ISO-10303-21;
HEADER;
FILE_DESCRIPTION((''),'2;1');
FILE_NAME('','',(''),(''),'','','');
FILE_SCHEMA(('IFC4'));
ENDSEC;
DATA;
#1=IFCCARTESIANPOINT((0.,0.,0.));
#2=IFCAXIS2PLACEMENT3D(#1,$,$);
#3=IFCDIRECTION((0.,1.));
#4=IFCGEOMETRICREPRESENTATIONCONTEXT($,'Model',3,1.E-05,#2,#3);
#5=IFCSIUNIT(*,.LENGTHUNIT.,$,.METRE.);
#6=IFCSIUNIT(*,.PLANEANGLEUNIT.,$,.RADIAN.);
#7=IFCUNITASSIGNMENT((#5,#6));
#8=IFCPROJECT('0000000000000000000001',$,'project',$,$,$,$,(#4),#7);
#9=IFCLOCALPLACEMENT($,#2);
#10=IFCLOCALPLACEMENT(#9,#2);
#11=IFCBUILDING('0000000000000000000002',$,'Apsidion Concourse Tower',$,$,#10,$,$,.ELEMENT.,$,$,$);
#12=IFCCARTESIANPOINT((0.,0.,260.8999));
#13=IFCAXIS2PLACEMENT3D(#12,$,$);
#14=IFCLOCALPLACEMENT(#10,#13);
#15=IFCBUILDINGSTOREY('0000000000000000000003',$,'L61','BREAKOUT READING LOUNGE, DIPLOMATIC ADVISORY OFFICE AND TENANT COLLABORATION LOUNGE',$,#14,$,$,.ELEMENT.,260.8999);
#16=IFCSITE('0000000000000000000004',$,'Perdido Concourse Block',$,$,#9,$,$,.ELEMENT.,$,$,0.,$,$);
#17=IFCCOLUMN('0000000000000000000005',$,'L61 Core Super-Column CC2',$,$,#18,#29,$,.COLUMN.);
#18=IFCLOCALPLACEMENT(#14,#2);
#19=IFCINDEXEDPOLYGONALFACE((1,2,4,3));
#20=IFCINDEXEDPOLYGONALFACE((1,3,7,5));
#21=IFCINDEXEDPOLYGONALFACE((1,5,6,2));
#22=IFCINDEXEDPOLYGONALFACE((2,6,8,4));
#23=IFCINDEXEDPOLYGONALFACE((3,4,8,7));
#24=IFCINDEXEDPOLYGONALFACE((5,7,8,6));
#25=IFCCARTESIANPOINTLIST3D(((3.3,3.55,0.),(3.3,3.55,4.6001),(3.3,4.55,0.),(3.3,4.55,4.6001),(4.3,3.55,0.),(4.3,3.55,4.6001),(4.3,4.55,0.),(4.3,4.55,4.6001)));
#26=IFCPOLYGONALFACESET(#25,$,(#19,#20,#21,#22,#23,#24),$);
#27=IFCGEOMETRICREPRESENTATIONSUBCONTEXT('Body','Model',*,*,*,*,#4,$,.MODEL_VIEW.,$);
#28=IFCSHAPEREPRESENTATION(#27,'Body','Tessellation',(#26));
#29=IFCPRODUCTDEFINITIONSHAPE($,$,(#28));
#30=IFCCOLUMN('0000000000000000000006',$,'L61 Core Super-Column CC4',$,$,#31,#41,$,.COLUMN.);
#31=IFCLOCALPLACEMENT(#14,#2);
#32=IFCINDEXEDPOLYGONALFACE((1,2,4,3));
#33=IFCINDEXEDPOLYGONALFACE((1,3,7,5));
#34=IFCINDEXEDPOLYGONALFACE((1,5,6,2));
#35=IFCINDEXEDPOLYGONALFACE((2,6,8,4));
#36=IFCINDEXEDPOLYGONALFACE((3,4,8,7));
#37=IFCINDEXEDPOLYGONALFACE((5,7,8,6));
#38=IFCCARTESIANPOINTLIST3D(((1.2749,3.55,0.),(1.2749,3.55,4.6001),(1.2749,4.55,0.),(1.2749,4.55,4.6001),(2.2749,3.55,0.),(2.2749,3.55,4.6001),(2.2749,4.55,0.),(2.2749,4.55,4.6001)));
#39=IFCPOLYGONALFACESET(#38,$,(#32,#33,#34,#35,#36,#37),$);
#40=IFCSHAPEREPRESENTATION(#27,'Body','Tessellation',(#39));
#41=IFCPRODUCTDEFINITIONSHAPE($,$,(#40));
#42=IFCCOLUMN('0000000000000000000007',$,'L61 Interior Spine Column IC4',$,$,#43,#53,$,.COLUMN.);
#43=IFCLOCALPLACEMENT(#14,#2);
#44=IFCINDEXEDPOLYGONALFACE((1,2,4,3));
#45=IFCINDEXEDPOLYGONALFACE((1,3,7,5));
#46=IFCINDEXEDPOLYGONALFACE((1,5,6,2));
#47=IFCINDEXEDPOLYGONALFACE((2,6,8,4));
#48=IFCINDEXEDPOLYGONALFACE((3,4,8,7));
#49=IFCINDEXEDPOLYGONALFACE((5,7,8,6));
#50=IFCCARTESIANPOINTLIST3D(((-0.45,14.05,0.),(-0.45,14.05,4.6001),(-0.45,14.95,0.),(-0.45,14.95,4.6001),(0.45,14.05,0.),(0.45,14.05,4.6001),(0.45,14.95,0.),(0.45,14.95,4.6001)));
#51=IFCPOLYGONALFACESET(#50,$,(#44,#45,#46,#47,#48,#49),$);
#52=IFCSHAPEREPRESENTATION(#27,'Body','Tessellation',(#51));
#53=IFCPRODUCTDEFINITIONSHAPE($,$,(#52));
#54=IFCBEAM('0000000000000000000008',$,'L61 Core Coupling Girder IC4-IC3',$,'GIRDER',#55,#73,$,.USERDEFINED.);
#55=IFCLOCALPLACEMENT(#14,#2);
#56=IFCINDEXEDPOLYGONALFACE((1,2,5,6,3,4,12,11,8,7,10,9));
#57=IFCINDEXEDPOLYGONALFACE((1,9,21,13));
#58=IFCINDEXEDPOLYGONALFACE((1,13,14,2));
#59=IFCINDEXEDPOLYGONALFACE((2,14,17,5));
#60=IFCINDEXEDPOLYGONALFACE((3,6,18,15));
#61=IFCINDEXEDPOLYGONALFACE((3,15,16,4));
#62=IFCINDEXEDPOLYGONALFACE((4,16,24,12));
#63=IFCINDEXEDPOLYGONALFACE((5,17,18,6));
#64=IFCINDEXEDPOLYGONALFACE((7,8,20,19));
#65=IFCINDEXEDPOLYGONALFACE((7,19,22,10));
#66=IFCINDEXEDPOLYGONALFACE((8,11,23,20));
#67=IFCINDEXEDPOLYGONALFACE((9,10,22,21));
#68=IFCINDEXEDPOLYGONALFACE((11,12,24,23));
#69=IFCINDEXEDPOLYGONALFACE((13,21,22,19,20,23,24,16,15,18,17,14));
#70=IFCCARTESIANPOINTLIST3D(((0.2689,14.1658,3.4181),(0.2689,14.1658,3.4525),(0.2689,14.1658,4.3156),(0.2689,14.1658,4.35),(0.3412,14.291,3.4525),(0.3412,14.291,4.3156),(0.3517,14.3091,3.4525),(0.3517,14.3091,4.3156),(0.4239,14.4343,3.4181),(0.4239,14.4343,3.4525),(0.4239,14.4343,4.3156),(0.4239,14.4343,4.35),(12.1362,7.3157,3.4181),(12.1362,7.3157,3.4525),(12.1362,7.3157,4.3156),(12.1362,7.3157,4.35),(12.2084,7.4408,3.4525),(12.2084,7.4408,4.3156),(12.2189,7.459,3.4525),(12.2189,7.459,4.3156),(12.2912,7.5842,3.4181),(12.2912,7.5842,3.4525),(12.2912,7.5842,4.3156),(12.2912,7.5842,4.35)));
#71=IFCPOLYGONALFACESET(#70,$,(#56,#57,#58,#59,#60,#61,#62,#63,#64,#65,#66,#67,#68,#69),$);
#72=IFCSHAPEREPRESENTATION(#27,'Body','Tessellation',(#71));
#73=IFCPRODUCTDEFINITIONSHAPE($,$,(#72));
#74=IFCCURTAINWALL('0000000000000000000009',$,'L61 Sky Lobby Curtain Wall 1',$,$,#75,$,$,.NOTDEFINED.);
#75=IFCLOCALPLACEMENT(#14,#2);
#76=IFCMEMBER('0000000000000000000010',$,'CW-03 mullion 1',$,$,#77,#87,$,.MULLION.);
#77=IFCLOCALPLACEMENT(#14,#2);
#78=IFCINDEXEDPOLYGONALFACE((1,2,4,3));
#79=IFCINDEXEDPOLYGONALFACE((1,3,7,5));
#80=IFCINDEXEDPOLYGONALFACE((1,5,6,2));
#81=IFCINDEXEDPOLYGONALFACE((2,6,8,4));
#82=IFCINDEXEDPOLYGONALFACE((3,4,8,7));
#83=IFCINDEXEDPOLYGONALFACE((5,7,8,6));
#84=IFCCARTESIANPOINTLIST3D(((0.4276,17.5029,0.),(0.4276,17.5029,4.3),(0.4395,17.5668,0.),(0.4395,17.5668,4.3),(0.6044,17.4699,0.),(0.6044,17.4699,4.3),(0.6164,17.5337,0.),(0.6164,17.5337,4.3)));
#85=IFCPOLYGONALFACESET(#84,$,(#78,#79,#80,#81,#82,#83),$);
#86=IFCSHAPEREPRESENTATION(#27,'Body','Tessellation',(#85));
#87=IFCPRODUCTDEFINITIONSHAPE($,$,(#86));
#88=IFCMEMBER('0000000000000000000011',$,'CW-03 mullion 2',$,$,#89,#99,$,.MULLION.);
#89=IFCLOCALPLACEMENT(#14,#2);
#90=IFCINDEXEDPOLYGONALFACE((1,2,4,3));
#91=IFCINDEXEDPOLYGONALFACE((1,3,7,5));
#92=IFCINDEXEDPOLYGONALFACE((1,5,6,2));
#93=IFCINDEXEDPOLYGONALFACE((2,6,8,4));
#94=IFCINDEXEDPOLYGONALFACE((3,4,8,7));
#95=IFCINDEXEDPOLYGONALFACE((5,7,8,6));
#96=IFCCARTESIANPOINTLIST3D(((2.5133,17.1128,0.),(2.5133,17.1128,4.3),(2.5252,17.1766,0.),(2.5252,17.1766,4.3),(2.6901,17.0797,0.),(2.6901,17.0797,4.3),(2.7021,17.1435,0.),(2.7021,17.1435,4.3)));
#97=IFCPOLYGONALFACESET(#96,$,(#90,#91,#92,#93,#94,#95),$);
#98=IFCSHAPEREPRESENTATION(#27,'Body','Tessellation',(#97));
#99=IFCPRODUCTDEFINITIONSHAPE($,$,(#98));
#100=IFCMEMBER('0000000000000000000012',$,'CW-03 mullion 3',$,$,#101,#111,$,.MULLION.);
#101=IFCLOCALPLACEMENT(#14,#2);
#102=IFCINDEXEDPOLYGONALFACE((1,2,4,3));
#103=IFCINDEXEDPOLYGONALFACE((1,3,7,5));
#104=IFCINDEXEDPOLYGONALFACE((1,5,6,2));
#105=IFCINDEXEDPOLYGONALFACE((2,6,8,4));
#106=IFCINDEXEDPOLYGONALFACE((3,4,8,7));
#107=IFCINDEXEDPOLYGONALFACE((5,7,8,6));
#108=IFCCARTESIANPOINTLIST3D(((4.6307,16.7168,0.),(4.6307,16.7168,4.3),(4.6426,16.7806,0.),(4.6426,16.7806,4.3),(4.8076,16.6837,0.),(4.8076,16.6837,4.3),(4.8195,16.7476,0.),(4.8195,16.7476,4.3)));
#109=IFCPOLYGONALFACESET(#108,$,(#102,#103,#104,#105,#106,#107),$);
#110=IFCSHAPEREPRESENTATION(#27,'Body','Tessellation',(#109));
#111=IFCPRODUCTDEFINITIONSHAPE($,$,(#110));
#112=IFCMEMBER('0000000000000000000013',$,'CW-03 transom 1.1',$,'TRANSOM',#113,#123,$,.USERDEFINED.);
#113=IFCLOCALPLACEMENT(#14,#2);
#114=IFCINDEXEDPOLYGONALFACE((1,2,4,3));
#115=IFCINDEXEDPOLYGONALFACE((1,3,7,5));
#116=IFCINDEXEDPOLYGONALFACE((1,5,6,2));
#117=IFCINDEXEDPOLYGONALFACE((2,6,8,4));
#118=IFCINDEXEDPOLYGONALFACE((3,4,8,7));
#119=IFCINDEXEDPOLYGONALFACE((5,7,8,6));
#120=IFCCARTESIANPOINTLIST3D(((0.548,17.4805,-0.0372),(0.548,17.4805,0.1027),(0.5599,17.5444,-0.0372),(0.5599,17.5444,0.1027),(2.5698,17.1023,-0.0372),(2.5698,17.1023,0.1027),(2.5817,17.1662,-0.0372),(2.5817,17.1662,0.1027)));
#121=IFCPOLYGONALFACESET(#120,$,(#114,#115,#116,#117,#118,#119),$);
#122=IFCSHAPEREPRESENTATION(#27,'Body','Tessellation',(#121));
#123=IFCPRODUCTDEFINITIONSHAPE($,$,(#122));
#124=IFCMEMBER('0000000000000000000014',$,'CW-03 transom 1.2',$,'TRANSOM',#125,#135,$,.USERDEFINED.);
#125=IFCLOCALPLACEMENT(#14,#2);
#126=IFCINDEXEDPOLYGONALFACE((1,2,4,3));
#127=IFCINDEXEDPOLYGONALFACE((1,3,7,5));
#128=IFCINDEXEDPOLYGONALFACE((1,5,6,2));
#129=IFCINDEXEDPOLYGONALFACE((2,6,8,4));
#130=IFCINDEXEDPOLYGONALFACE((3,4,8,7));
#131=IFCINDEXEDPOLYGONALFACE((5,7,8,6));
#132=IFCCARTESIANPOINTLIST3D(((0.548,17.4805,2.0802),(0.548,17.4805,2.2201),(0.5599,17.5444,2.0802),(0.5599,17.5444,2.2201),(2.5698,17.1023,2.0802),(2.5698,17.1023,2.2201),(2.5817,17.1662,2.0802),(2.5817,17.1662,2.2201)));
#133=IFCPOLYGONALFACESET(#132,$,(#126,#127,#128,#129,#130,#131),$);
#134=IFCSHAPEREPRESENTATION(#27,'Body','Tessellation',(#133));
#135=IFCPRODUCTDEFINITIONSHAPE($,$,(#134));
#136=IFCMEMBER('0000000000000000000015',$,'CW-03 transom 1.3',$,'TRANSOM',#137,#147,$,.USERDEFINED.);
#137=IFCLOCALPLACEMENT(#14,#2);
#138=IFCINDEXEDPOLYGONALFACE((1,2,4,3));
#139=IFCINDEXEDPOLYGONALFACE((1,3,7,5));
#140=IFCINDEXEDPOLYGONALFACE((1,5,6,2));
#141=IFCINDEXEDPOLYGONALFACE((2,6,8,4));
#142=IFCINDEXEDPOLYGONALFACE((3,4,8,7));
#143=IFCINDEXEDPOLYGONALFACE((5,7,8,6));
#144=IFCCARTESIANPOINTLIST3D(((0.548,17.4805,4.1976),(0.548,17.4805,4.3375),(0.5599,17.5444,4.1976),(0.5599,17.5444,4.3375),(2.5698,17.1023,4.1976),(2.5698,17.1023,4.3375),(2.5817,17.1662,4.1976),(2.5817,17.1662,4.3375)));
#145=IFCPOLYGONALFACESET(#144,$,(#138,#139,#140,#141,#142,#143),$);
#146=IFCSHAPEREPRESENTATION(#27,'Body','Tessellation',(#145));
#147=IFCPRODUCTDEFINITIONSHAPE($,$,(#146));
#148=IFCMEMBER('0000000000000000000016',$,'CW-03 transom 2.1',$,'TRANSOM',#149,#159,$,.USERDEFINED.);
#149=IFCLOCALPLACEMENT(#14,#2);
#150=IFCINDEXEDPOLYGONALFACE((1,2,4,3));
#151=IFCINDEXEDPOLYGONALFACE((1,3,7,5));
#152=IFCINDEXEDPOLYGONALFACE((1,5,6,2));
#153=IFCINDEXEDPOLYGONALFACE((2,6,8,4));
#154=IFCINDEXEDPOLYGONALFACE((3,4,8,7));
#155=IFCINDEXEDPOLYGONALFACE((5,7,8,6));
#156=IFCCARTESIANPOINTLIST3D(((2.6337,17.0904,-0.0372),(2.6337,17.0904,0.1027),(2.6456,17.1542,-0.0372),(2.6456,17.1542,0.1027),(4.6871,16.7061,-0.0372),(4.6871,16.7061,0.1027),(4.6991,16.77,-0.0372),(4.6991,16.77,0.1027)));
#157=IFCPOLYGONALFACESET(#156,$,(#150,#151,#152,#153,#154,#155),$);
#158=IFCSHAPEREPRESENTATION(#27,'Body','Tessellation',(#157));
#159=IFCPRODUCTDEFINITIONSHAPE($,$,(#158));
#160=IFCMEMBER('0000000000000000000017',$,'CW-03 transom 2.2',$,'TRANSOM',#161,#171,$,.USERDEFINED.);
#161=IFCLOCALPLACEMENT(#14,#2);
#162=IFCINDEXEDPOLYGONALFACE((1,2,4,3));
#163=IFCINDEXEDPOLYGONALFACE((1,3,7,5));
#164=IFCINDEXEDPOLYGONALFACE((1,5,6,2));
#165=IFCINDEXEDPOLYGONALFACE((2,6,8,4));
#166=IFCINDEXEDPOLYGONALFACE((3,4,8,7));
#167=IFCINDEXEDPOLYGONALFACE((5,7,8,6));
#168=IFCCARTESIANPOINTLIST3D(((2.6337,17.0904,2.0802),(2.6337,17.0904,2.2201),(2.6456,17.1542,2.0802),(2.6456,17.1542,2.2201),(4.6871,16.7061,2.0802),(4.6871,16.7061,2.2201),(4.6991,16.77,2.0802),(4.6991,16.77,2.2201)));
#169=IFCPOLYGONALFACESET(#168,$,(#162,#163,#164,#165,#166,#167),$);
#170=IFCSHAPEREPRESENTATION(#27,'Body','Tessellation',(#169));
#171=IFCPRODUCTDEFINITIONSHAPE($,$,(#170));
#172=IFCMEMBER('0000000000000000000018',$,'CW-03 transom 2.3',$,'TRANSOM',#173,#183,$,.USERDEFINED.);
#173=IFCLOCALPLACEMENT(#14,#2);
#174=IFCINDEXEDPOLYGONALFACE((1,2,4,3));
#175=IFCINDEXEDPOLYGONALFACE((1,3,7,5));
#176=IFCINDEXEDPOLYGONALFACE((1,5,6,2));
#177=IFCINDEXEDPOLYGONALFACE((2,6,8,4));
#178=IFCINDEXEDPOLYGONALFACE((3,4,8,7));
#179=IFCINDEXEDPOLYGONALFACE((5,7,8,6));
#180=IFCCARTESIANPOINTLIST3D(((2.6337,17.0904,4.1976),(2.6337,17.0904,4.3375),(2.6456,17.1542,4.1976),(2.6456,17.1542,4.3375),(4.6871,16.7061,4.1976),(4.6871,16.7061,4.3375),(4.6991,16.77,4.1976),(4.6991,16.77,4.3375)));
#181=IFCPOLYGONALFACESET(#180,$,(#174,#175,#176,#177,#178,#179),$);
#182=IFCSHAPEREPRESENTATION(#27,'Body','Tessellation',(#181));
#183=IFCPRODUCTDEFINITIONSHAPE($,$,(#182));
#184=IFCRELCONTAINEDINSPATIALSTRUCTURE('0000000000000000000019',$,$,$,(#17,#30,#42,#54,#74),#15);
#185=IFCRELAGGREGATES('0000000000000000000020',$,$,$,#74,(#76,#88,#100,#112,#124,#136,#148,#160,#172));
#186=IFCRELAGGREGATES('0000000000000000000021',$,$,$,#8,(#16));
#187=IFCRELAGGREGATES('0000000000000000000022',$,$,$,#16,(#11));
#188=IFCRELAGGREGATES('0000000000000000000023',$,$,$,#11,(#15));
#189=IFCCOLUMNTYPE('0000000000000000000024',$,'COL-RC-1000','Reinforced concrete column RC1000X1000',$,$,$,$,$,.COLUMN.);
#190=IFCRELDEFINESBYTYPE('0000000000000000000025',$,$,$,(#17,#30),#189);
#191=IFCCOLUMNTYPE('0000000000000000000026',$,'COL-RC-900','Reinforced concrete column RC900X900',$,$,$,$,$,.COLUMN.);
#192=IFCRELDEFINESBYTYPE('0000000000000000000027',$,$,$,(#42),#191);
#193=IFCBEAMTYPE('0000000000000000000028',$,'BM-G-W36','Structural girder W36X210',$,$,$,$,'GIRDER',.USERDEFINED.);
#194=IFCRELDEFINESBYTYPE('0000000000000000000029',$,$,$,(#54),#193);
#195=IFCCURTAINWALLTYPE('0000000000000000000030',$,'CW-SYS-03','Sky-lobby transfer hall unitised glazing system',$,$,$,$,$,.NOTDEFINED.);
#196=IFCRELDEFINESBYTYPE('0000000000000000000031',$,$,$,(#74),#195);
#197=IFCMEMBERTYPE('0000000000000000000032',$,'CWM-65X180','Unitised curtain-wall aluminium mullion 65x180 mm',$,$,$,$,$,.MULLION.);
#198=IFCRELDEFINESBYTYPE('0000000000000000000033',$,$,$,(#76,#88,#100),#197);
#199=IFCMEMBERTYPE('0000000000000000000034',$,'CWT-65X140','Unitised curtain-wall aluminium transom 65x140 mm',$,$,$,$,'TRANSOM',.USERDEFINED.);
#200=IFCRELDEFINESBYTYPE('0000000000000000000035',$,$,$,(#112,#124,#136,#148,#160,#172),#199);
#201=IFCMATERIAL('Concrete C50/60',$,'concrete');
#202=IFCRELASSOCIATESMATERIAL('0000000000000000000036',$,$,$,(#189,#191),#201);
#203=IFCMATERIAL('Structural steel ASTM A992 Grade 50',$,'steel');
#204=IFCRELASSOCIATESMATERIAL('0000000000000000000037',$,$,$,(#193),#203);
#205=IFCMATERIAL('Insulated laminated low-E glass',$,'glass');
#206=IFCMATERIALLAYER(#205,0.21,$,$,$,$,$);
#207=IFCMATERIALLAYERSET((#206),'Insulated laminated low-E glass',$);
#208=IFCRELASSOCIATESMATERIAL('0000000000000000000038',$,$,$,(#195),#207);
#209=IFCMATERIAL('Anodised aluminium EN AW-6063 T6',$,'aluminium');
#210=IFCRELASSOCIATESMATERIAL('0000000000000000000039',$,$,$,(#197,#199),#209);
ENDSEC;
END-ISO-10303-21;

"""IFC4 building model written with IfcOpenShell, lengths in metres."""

from ifc_helpers import new_model, si_unit, direction, frame, origin, origin_2d, place, context, subcontext, project, spatial, rectangle, i_section, extrude, material, layer, layer_set, material_profile, profile_set, type_object, element, aggregate, save


model = new_model("IFC4")

# Units and contexts
model_context = context("Model", 3, precision=1e-05, world=origin(), true_north=direction((0.0, 1.0)))
body_context = subcontext(model_context, "Body", "Model", "MODEL_VIEW")
ifc_project = project(units=[si_unit("LENGTHUNIT", "METRE"), si_unit("PLANEANGLEUNIT", "RADIAN")], contexts=[model_context])

# Site, building, storey
site_placement = place(None, origin())
site = spatial("IfcSite", under=ifc_project, at=site_placement, Name="Perdido Concourse Block", CompositionType="ELEMENT", RefElevation=0.0)
building_placement = place(site_placement, origin())
building = spatial("IfcBuilding", under=site, at=building_placement, Name="Apsidion Concourse Tower", CompositionType="ELEMENT")
storey_placement = place(building_placement, frame((0.0, 0.0, 260.8999)))
storey = spatial("IfcBuildingStorey", under=building, at=storey_placement, Name="L61", Description="BREAKOUT READING LOUNGE, DIPLOMATIC ADVISORY OFFICE AND TENANT COLLABORATION LOUNGE", CompositionType="ELEMENT", Elevation=260.8999)

# Columns
ifc_material_1 = material(Name="Concrete C50/60", Category="concrete")
ifc_material_profile_1 = material_profile(ifc_material_1, rectangle(XDim=1.0, YDim=1.0, at=origin_2d()), Name="RC 1000x1000")
ifc_profile_set_1 = profile_set([ifc_material_profile_1], Name="Concrete C50/60")
column_type_1 = type_object("IfcColumnType", Name="COL-RC-1000", Description="Reinforced concrete column RC1000X1000", PredefinedType="COLUMN", material=ifc_profile_set_1)
for number, where, z_axis, x_axis, name in (
    (1, (3.8, 4.05, 0.0), (0.0, 0.0, 1.0), (1.0, 0.0, 0.0), "L61 Core Super-Column CC2"),
    (2, (1.7749, 4.05, 0.0), (0.0, 0.0, 1.0), (1.0, 0.0, 0.0), "L61 Core Super-Column CC4"),
):
    element("IfcColumn", number, at=place(storey_placement, frame(where, z_axis=z_axis, x_axis=x_axis)), inside=storey, type_object=column_type_1, Name=name, PredefinedType="COLUMN", context=body_context, shape_type="SweptSolid", body=[
        extrude(rectangle(XDim=1.0, YDim=1.0, at=origin_2d()), origin(), (0.0, 0.0, 1.0), 4.6001),
    ])
ifc_material_profile_2 = material_profile(ifc_material_1, rectangle(XDim=0.8999, YDim=0.8999, at=origin_2d()), Name="RC 900x900")
ifc_profile_set_2 = profile_set([ifc_material_profile_2], Name="Concrete C50/60")
column_type_2 = type_object("IfcColumnType", Name="COL-RC-900", Description="Reinforced concrete column RC900X900", PredefinedType="COLUMN", material=ifc_profile_set_2)
column_placement = place(storey_placement, frame((0.0, 14.5, 0.0), z_axis=(0.0, 0.0, 1.0), x_axis=(1.0, 0.0, 0.0)))
element("IfcColumn", 3, at=column_placement, inside=storey, type_object=column_type_2, Name="L61 Interior Spine Column IC4", PredefinedType="COLUMN", context=body_context, shape_type="SweptSolid", body=[
    extrude(rectangle(XDim=0.8999, YDim=0.8999, at=origin_2d()), origin(), (0.0, 0.0, 1.0), 4.6001),
])

# Beam
ifc_material_2 = material(Name="Structural steel ASTM A992 Grade 50", Category="steel")
ifc_material_profile_3 = material_profile(ifc_material_2, i_section(OverallWidth=0.3101, OverallDepth=0.9319, WebThickness=0.021, FlangeThickness=0.0344, at=origin_2d()), Name="W36X210")
ifc_profile_set_3 = profile_set([ifc_material_profile_3], Name="Structural steel ASTM A992 Grade 50")
beam_type = type_object("IfcBeamType", Name="BM-G-W36", Description="Structural girder W36X210", ElementType="GIRDER", PredefinedType="USERDEFINED", material=ifc_profile_set_3)
beam_placement = place(storey_placement, frame((0.3464, 14.3, 3.884), z_axis=(0.86607, -0.499922, 0.0), x_axis=(0.499922, 0.86607, 0.0)))
element("IfcBeam", 4, at=beam_placement, inside=storey, type_object=beam_type, Name="L61 Core Coupling Girder IC4-IC3", ObjectType="GIRDER", PredefinedType="USERDEFINED", context=body_context, shape_type="SweptSolid", body=[
    extrude(i_section(OverallWidth=0.3101, OverallDepth=0.9319, WebThickness=0.021, FlangeThickness=0.0344, at=origin_2d()), origin(), (0.0, 0.0, 1.0), 13.7024),
])

# Curtain wall, members
ifc_material_3 = material(Name="Insulated laminated low-E glass", Category="glass")
ifc_layer_1 = layer(ifc_material_3, 0.21)
ifc_layer_set_1 = layer_set([ifc_layer_1], Name="Insulated laminated low-E glass")
curtain_wall_type = type_object("IfcCurtainWallType", Name="CW-SYS-03", Description="Sky-lobby transfer hall unitised glazing system", PredefinedType="NOTDEFINED", material=ifc_layer_set_1)
curtain_wall_placement = place(storey_placement, origin())
curtain_wall = element("IfcCurtainWall", 5, at=curtain_wall_placement, inside=storey, type_object=curtain_wall_type, Name="L61 Sky Lobby Curtain Wall 1", PredefinedType="NOTDEFINED")
ifc_material_4 = material(Name="Anodised aluminium EN AW-6063 T6", Category="aluminium")
ifc_material_profile_4 = material_profile(ifc_material_4, rectangle(XDim=0.0649, YDim=0.1799, at=origin_2d()), Name="ALU MULLION 65x180")
ifc_profile_set_4 = profile_set([ifc_material_profile_4], Name="Anodised aluminium EN AW-6063 T6")
member_type_1 = type_object("IfcMemberType", Name="CWM-65X180", Description="Unitised curtain-wall aluminium mullion 65x180 mm", PredefinedType="MULLION", material=ifc_profile_set_4)
member_1_placement = place(storey_placement, frame((0.522, 17.5183, 0.0), z_axis=(0.0, 0.0, 1.0), x_axis=(0.183883, 0.982948, 0.0)))
member_1 = element("IfcMember", 6, at=member_1_placement, type_object=member_type_1, Name="CW-03 mullion 1", PredefinedType="MULLION", context=body_context, shape_type="SweptSolid", body=[
    extrude(rectangle(XDim=0.0649, YDim=0.1799, at=origin_2d()), origin(), (0.0, 0.0, 1.0), 4.3),
])
member_2_placement = place(storey_placement, frame((2.6077, 17.1282, 0.0), z_axis=(0.0, 0.0, 1.0), x_axis=(0.183883, 0.982948, 0.0)))
member_2 = element("IfcMember", 7, at=member_2_placement, type_object=member_type_1, Name="CW-03 mullion 2", PredefinedType="MULLION", context=body_context, shape_type="SweptSolid", body=[
    extrude(rectangle(XDim=0.0649, YDim=0.1799, at=origin_2d()), origin(), (0.0, 0.0, 1.0), 4.3),
])
member_3_placement = place(storey_placement, frame((4.7251, 16.7322, 0.0), z_axis=(0.0, 0.0, 1.0), x_axis=(0.183883, 0.982948, 0.0)))
member_3 = element("IfcMember", 8, at=member_3_placement, type_object=member_type_1, Name="CW-03 mullion 3", PredefinedType="MULLION", context=body_context, shape_type="SweptSolid", body=[
    extrude(rectangle(XDim=0.0649, YDim=0.1799, at=origin_2d()), origin(), (0.0, 0.0, 1.0), 4.3),
])
ifc_material_profile_5 = material_profile(ifc_material_4, rectangle(XDim=0.0649, YDim=0.1399, at=origin_2d()), Name="ALU TRANSOM 65x140")
ifc_profile_set_5 = profile_set([ifc_material_profile_5], Name="Anodised aluminium EN AW-6063 T6")
member_type_2 = type_object("IfcMemberType", Name="CWT-65X140", Description="Unitised curtain-wall aluminium transom 65x140 mm", ElementType="TRANSOM", PredefinedType="USERDEFINED", material=ifc_profile_set_5)
member_4_placement = place(storey_placement, frame((0.554, 17.5125, 0.0327), z_axis=(0.982951, -0.183866, 0.0), x_axis=(0.183866, 0.982951, 0.0)))
member_4 = element("IfcMember", 9, at=member_4_placement, type_object=member_type_2, Name="CW-03 transom 1.1", ObjectType="TRANSOM", PredefinedType="USERDEFINED", context=body_context, shape_type="SweptSolid", body=[
    extrude(rectangle(XDim=0.0649, YDim=0.1399, at=origin_2d()), origin(), (0.0, 0.0, 1.0), 2.0569),
])
member_5_placement = place(storey_placement, frame((0.554, 17.5125, 2.1501), z_axis=(0.982951, -0.183866, 0.0), x_axis=(0.183866, 0.982951, 0.0)))
member_5 = element("IfcMember", 10, at=member_5_placement, type_object=member_type_2, Name="CW-03 transom 1.2", ObjectType="TRANSOM", PredefinedType="USERDEFINED", context=body_context, shape_type="SweptSolid", body=[
    extrude(rectangle(XDim=0.0649, YDim=0.1399, at=origin_2d()), origin(), (0.0, 0.0, 1.0), 2.0569),
])
member_6_placement = place(storey_placement, frame((0.554, 17.5125, 4.2676), z_axis=(0.982951, -0.183866, 0.0), x_axis=(0.183866, 0.982951, 0.0)))
member_6 = element("IfcMember", 11, at=member_6_placement, type_object=member_type_2, Name="CW-03 transom 1.3", ObjectType="TRANSOM", PredefinedType="USERDEFINED", context=body_context, shape_type="SweptSolid", body=[
    extrude(rectangle(XDim=0.0649, YDim=0.1399, at=origin_2d()), origin(), (0.0, 0.0, 1.0), 2.0569),
])
member_7_placement = place(storey_placement, frame((2.6396, 17.1223, 0.0327), z_axis=(0.982937, -0.183943, 0.0), x_axis=(0.183943, 0.982937, 0.0)))
member_7 = element("IfcMember", 12, at=member_7_placement, type_object=member_type_2, Name="CW-03 transom 2.1", ObjectType="TRANSOM", PredefinedType="USERDEFINED", context=body_context, shape_type="SweptSolid", body=[
    extrude(rectangle(XDim=0.0649, YDim=0.1399, at=origin_2d()), origin(), (0.0, 0.0, 1.0), 2.0891),
])
member_8_placement = place(storey_placement, frame((2.6396, 17.1223, 2.1501), z_axis=(0.982937, -0.183943, 0.0), x_axis=(0.183943, 0.982937, 0.0)))
member_8 = element("IfcMember", 13, at=member_8_placement, type_object=member_type_2, Name="CW-03 transom 2.2", ObjectType="TRANSOM", PredefinedType="USERDEFINED", context=body_context, shape_type="SweptSolid", body=[
    extrude(rectangle(XDim=0.0649, YDim=0.1399, at=origin_2d()), origin(), (0.0, 0.0, 1.0), 2.0891),
])
member_9_placement = place(storey_placement, frame((2.6396, 17.1223, 4.2676), z_axis=(0.982937, -0.183943, 0.0), x_axis=(0.183943, 0.982937, 0.0)))
member_9 = element("IfcMember", 14, at=member_9_placement, type_object=member_type_2, Name="CW-03 transom 2.3", ObjectType="TRANSOM", PredefinedType="USERDEFINED", context=body_context, shape_type="SweptSolid", body=[
    extrude(rectangle(XDim=0.0649, YDim=0.1399, at=origin_2d()), origin(), (0.0, 0.0, 1.0), 2.0891),
])
aggregate(curtain_wall, [member_1, member_2, member_3, member_4, member_5, member_6, member_7, member_8, member_9])

save(model, "model.ifc")
